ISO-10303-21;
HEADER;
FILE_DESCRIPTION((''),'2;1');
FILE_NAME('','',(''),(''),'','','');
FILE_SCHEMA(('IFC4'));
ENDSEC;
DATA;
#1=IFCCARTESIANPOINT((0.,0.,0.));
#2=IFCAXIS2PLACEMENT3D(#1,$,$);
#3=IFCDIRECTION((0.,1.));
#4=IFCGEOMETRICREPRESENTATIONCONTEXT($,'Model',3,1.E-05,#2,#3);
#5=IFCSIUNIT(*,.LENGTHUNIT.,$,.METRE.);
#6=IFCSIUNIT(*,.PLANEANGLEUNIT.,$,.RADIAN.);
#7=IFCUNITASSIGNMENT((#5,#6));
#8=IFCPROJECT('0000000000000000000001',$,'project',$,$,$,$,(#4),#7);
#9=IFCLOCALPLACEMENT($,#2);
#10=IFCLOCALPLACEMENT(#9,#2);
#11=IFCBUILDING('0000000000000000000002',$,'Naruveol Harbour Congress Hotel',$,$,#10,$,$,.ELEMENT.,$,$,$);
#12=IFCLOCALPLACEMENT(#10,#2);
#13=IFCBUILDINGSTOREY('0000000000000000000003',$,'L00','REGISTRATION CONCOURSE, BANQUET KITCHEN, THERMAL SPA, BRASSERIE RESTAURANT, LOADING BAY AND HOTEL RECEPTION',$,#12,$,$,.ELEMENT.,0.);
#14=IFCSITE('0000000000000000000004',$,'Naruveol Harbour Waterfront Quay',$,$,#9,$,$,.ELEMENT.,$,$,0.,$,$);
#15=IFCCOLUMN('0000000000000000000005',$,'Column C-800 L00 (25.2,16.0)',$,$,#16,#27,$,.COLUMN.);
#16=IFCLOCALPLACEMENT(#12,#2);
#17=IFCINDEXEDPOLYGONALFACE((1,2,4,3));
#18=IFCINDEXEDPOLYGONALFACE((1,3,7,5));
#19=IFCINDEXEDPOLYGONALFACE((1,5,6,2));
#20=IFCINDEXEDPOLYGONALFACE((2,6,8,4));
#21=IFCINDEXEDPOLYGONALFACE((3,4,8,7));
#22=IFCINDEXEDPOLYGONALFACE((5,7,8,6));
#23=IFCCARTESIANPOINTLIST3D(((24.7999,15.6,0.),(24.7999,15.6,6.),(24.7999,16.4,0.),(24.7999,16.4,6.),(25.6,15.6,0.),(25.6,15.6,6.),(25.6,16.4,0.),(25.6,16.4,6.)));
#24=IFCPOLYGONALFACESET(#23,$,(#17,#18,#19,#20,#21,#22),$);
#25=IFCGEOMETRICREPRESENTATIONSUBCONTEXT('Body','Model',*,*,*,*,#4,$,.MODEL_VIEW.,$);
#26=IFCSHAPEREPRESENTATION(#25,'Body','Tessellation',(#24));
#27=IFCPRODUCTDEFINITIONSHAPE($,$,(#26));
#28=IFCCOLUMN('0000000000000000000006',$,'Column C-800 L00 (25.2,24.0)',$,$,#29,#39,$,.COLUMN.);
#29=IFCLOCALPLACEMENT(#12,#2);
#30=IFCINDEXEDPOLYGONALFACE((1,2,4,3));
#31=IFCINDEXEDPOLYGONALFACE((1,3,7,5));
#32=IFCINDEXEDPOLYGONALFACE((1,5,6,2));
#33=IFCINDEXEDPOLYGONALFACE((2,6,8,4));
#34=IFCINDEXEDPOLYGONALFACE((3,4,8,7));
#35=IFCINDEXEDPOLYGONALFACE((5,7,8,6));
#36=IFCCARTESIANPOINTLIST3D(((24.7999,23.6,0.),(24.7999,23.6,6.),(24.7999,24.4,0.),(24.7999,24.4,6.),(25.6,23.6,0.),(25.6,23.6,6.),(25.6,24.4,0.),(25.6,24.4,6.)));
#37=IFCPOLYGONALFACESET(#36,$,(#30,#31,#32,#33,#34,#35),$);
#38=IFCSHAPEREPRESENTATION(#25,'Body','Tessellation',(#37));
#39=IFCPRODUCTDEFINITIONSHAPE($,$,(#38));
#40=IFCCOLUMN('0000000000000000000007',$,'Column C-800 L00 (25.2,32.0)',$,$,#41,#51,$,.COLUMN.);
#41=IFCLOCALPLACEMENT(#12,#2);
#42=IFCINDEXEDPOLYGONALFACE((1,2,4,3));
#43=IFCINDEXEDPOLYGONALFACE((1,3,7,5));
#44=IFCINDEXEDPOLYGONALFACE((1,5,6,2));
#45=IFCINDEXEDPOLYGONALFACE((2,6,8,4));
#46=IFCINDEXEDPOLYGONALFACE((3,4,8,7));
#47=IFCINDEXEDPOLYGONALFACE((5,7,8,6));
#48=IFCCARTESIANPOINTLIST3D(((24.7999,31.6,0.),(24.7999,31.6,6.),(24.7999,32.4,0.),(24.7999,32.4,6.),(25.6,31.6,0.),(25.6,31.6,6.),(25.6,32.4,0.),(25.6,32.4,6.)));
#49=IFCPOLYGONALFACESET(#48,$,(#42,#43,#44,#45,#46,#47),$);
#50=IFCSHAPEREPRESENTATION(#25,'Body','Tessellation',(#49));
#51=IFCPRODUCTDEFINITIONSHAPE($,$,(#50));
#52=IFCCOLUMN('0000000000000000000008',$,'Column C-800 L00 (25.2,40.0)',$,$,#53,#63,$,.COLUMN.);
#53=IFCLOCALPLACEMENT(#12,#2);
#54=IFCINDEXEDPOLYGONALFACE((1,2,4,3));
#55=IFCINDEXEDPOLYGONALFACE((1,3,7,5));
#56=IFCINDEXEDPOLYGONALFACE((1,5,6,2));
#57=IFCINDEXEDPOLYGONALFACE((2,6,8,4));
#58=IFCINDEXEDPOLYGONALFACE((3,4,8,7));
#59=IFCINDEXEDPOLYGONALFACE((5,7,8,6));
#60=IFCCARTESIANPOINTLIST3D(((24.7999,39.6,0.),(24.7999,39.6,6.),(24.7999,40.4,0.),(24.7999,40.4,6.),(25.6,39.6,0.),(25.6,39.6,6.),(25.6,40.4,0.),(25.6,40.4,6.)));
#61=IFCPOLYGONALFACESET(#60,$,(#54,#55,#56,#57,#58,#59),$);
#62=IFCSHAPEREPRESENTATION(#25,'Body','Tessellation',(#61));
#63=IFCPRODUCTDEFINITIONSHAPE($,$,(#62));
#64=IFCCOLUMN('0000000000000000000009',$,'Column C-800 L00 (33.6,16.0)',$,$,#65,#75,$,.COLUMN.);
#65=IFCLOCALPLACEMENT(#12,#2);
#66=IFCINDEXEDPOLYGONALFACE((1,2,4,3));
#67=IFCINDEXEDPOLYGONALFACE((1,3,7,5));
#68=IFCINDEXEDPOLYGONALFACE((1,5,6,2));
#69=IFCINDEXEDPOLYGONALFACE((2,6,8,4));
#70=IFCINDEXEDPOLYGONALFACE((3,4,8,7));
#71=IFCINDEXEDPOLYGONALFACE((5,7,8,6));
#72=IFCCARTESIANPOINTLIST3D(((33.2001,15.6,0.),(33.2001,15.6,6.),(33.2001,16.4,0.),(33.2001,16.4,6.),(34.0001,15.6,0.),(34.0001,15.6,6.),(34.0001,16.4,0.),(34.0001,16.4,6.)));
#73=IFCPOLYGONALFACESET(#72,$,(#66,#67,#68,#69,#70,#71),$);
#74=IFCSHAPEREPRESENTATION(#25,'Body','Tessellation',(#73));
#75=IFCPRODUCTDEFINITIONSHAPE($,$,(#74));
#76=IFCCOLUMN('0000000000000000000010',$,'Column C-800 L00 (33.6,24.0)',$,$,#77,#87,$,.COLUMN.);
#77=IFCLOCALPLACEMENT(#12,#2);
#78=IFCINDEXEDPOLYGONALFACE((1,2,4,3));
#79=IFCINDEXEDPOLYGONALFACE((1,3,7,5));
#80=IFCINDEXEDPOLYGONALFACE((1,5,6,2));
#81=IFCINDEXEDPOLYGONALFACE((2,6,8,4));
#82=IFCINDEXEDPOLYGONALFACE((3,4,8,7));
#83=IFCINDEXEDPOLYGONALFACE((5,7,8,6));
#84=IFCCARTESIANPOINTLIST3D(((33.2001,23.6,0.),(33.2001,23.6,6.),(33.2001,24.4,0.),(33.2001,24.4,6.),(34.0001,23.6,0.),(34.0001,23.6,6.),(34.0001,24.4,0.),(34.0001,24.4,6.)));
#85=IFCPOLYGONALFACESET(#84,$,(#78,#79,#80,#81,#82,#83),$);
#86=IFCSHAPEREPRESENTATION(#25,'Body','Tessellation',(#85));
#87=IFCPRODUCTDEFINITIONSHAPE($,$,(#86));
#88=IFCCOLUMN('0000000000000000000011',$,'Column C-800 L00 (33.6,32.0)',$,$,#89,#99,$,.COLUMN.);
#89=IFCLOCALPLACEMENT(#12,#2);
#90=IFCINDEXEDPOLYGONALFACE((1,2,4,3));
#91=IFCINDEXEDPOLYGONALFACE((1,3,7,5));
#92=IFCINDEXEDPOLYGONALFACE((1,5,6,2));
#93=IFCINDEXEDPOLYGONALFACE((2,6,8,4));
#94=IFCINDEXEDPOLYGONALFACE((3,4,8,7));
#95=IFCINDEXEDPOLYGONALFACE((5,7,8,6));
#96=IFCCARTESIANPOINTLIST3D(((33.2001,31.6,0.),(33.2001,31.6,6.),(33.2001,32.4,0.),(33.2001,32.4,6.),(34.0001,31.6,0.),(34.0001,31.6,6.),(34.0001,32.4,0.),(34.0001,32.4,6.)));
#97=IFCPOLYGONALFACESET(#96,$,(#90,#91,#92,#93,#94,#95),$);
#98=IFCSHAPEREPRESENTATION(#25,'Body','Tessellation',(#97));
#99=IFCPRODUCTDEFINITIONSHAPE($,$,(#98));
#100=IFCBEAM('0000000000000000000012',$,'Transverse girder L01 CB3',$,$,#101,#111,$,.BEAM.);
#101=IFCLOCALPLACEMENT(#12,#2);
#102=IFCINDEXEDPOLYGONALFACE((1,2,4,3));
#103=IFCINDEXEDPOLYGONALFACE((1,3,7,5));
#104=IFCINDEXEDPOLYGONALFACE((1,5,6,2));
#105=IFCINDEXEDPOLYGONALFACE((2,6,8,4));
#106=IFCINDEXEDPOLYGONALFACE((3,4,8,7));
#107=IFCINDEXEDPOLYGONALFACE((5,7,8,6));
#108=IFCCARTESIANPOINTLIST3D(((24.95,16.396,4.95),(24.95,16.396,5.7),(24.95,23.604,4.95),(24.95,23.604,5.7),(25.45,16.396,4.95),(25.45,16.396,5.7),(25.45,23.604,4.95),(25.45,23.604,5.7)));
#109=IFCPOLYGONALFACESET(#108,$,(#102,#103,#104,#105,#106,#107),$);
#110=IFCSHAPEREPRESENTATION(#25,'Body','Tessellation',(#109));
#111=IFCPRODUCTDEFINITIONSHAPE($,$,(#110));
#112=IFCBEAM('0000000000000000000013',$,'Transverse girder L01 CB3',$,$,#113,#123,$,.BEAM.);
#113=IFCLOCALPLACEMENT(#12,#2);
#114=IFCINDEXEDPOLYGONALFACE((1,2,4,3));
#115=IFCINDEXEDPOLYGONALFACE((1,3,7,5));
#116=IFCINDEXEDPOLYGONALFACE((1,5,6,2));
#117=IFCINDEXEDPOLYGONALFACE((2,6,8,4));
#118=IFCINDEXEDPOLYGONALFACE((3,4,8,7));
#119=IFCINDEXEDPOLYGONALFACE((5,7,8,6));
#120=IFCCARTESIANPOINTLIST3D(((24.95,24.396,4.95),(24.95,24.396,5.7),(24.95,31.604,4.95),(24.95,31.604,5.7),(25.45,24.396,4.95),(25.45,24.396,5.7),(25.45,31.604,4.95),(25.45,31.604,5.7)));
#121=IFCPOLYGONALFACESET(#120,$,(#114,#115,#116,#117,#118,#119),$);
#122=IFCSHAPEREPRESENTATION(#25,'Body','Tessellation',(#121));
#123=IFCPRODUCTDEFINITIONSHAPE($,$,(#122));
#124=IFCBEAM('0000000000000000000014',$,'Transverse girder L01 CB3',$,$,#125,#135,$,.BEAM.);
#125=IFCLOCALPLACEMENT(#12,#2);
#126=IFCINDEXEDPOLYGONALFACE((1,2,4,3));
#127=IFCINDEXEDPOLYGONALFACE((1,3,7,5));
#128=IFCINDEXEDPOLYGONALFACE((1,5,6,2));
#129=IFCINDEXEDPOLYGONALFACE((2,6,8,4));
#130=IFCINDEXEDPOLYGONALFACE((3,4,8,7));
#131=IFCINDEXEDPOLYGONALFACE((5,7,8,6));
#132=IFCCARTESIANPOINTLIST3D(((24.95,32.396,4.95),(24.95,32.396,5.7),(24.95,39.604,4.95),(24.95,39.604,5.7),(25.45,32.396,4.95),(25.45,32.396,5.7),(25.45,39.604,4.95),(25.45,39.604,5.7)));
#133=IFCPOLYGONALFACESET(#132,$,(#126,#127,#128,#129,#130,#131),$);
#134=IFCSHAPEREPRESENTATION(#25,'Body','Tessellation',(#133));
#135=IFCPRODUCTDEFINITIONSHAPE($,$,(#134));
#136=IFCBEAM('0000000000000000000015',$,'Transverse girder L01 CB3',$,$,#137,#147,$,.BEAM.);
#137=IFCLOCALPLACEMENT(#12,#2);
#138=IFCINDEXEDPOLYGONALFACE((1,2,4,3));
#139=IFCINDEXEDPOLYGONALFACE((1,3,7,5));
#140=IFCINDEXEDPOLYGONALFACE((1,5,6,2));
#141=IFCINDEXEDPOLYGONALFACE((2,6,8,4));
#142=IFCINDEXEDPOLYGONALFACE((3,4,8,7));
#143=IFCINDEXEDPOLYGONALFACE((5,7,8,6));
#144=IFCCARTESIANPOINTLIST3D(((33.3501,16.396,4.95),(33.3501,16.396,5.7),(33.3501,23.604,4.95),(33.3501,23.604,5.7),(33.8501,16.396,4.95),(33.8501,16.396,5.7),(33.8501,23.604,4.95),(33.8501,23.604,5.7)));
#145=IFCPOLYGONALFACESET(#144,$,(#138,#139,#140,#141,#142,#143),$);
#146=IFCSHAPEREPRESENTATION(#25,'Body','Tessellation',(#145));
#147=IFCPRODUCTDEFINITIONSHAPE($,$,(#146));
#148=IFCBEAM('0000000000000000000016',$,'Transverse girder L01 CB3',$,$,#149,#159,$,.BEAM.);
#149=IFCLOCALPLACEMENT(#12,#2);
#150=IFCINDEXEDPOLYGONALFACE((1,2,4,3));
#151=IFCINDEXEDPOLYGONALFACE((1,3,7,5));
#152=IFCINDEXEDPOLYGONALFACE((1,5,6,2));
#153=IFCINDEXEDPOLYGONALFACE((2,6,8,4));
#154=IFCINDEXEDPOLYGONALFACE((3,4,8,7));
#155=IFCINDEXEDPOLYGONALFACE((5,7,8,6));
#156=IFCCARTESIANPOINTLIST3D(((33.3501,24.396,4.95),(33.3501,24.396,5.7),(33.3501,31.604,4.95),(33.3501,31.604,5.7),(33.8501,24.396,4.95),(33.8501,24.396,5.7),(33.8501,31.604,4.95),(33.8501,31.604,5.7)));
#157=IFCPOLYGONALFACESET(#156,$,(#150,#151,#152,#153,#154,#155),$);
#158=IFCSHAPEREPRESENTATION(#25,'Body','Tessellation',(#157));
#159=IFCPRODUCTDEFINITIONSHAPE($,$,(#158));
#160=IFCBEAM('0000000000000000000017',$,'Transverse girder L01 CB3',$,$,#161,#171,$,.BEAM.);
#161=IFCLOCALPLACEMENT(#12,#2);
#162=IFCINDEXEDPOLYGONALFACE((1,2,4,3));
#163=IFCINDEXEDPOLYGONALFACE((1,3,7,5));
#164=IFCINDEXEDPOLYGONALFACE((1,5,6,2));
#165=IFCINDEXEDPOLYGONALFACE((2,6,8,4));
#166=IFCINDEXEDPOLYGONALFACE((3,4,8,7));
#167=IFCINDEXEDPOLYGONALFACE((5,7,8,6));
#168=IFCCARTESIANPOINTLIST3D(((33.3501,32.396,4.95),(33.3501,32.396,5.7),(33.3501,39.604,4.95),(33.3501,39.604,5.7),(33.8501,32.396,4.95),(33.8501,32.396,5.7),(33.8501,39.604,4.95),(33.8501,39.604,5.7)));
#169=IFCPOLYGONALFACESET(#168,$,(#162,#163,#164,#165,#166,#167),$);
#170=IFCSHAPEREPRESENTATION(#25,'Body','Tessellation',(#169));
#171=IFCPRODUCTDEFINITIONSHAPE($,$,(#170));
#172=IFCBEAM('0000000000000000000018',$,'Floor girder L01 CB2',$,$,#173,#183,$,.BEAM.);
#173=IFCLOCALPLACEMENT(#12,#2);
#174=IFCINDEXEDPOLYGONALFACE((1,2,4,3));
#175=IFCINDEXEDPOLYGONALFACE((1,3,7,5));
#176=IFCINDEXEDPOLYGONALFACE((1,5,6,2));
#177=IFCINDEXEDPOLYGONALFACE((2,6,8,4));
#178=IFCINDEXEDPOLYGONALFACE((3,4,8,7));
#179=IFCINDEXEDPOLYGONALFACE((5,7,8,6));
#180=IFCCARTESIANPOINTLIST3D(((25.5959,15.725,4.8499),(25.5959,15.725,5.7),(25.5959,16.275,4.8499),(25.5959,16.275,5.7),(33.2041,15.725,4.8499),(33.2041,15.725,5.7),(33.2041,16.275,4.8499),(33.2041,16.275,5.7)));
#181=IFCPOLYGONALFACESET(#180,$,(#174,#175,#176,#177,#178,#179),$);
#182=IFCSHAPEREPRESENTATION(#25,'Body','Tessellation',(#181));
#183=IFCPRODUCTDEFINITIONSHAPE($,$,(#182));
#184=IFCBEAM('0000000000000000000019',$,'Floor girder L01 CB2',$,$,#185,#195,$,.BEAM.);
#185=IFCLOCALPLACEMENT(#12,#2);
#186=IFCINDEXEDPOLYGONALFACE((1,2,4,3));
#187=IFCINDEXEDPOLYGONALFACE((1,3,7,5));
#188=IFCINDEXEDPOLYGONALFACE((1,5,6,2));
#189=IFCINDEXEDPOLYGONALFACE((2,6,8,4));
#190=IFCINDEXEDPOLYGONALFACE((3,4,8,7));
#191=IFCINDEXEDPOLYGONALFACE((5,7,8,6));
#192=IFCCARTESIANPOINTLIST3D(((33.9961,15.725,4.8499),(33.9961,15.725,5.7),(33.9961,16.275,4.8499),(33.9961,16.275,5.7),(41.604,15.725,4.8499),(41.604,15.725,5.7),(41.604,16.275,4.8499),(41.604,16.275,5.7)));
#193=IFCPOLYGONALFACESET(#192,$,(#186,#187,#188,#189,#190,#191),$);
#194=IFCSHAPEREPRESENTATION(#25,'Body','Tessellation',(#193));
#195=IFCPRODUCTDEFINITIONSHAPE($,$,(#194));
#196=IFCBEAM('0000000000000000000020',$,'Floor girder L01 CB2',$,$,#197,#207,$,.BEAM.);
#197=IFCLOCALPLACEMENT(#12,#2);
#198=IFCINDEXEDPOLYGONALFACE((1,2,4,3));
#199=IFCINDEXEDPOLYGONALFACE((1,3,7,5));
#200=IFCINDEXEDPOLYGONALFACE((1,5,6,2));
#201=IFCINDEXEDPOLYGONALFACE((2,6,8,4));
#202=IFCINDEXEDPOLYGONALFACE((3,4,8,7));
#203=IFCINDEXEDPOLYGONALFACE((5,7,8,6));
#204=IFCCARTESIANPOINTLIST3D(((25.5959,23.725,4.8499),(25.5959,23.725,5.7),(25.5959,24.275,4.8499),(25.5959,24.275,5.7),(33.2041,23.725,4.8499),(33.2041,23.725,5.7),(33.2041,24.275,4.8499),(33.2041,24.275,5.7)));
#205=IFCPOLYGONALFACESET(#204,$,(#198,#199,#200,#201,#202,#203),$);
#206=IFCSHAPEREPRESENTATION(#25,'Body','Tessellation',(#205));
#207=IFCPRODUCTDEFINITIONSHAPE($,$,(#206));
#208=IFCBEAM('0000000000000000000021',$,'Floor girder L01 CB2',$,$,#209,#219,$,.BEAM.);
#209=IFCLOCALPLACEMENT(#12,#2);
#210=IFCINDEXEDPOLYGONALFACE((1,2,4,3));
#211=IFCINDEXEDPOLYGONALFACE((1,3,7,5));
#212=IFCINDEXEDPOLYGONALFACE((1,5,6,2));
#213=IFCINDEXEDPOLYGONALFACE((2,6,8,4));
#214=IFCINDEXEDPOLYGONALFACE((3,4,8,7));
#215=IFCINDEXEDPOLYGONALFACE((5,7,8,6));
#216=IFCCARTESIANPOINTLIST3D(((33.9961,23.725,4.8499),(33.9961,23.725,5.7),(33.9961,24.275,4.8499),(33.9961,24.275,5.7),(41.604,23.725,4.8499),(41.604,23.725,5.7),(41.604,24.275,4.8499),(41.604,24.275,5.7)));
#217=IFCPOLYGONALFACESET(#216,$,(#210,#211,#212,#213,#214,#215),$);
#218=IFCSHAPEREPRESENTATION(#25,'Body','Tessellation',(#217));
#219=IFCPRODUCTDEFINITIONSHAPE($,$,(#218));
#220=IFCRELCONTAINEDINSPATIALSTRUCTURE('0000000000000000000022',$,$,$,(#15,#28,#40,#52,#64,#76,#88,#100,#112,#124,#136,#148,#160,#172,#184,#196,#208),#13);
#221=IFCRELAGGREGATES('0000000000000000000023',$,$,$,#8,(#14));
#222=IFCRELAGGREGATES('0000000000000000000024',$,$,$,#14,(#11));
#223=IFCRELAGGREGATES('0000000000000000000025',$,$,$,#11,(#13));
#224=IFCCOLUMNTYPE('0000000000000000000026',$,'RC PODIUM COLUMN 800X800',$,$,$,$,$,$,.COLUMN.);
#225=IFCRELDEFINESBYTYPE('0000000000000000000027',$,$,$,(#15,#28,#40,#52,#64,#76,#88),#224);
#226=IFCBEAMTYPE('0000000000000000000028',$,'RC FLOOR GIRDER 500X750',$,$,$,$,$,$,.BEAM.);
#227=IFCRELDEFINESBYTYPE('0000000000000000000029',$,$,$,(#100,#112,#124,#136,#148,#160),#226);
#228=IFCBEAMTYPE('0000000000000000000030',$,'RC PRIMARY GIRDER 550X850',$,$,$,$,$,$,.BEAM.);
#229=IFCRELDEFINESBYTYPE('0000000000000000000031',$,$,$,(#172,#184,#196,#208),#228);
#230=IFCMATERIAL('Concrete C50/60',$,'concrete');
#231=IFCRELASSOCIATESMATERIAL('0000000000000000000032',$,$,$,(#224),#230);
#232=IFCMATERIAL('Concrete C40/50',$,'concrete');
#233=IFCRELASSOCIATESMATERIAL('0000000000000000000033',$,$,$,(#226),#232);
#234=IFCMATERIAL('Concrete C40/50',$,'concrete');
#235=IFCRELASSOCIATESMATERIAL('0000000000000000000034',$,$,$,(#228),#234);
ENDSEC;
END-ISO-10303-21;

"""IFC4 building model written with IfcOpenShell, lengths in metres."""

from ifc_helpers import new_model, si_unit, direction, frame, origin, origin_2d, place, context, subcontext, project, spatial, rectangle, extrude, material, material_profile, profile_set, type_object, element, save


model = new_model("IFC4")

# Units and contexts
model_context = context("Model", 3, precision=1e-05, world=origin(), true_north=direction((0.0, 1.0)))
body_context = subcontext(model_context, "Body", "Model", "MODEL_VIEW")
ifc_project = project(units=[si_unit("LENGTHUNIT", "METRE"), si_unit("PLANEANGLEUNIT", "RADIAN")], contexts=[model_context])

# Site, building, storey
site_placement = place(None, origin())
site = spatial("IfcSite", under=ifc_project, at=site_placement, Name="Naruveol Harbour Waterfront Quay", CompositionType="ELEMENT", RefElevation=0.0)
building_placement = place(site_placement, origin())
building = spatial("IfcBuilding", under=site, at=building_placement, Name="Naruveol Harbour Congress Hotel", CompositionType="ELEMENT")
storey_placement = place(building_placement, origin())
storey = spatial("IfcBuildingStorey", under=building, at=storey_placement, Name="L00", Description="REGISTRATION CONCOURSE, BANQUET KITCHEN, THERMAL SPA, BRASSERIE RESTAURANT, LOADING BAY AND HOTEL RECEPTION", CompositionType="ELEMENT", Elevation=0.0)

# Columns
ifc_material_1 = material(Name="Concrete C50/60", Category="concrete")
ifc_material_profile_1 = material_profile(ifc_material_1, rectangle(XDim=0.8, YDim=0.8, at=origin_2d()), Name="RC-800x800")
ifc_profile_set_1 = profile_set([ifc_material_profile_1], Name="Concrete C50/60")
column_type = type_object("IfcColumnType", Name="RC PODIUM COLUMN 800X800", PredefinedType="COLUMN", material=ifc_profile_set_1)
for number, where, z_axis, x_axis, name in (
    (1, (25.2, 16.0, 0.0), (0.0, 0.0, 1.0), (1.0, 0.0, 0.0), "Column C-800 L00 (25.2,16.0)"),
    (2, (25.2, 24.0, 0.0), (0.0, 0.0, 1.0), (1.0, 0.0, 0.0), "Column C-800 L00 (25.2,24.0)"),
    (3, (25.2, 32.0, 0.0), (0.0, 0.0, 1.0), (1.0, 0.0, 0.0), "Column C-800 L00 (25.2,32.0)"),
    (4, (25.2, 40.0, 0.0), (0.0, 0.0, 1.0), (1.0, 0.0, 0.0), "Column C-800 L00 (25.2,40.0)"),
    (5, (33.6001, 16.0, 0.0), (0.0, 0.0, 1.0), (1.0, 0.0, 0.0), "Column C-800 L00 (33.6,16.0)"),
    (6, (33.6001, 24.0, 0.0), (0.0, 0.0, 1.0), (1.0, 0.0, 0.0), "Column C-800 L00 (33.6,24.0)"),
    (7, (33.6001, 32.0, 0.0), (0.0, 0.0, 1.0), (1.0, 0.0, 0.0), "Column C-800 L00 (33.6,32.0)"),
):
    element("IfcColumn", number, at=place(storey_placement, frame(where, z_axis=z_axis, x_axis=x_axis)), inside=storey, type_object=column_type, Name=name, PredefinedType="COLUMN", context=body_context, shape_type="SweptSolid", body=[
        extrude(rectangle(XDim=0.8, YDim=0.8, at=origin_2d()), origin(), (0.0, 0.0, 1.0), 6.0),
    ])

# Beams
ifc_material_2 = material(Name="Concrete C40/50", Category="concrete")
ifc_material_profile_2 = material_profile(ifc_material_2, rectangle(XDim=0.5, YDim=0.75, at=origin_2d()), Name="RCB-500x750")
ifc_profile_set_2 = profile_set([ifc_material_profile_2], Name="Concrete C40/50")
beam_type_1 = type_object("IfcBeamType", Name="RC FLOOR GIRDER 500X750", PredefinedType="BEAM", material=ifc_profile_set_2)
for number, where, z_axis, x_axis, name in (
    (8, (25.2, 16.396, 5.325), (0.0, 1.0, 0.0), (-1.0, 0.0, 0.0), "Transverse girder L01 CB3"),
    (9, (25.2, 24.396, 5.325), (0.0, 1.0, 0.0), (-1.0, 0.0, 0.0), "Transverse girder L01 CB3"),
    (10, (25.2, 32.396, 5.325), (0.0, 1.0, 0.0), (-1.0, 0.0, 0.0), "Transverse girder L01 CB3"),
    (11, (33.6001, 16.396, 5.325), (0.0, 1.0, 0.0), (-1.0, 0.0, 0.0), "Transverse girder L01 CB3"),
    (12, (33.6001, 24.396, 5.325), (0.0, 1.0, 0.0), (-1.0, 0.0, 0.0), "Transverse girder L01 CB3"),
    (13, (33.6001, 32.396, 5.325), (0.0, 1.0, 0.0), (-1.0, 0.0, 0.0), "Transverse girder L01 CB3"),
):
    element("IfcBeam", number, at=place(storey_placement, frame(where, z_axis=z_axis, x_axis=x_axis)), inside=storey, type_object=beam_type_1, Name=name, PredefinedType="BEAM", context=body_context, shape_type="SweptSolid", body=[
        extrude(rectangle(XDim=0.5, YDim=0.75, at=origin_2d()), origin(), (0.0, 0.0, 1.0), 7.208),
    ])
ifc_material_3 = material(Name="Concrete C40/50", Category="concrete")
ifc_material_profile_3 = material_profile(ifc_material_3, rectangle(XDim=0.55, YDim=0.8501, at=origin_2d()), Name="RCB-550x850")
ifc_profile_set_3 = profile_set([ifc_material_profile_3], Name="Concrete C40/50")
beam_type_2 = type_object("IfcBeamType", Name="RC PRIMARY GIRDER 550X850", PredefinedType="BEAM", material=ifc_profile_set_3)
beam_1_placement = place(storey_placement, frame((25.5959, 16.0, 5.2749), z_axis=(1.0, 0.0, 0.0), x_axis=(0.0, 1.0, 0.0)))
element("IfcBeam", 14, at=beam_1_placement, inside=storey, type_object=beam_type_2, Name="Floor girder L01 CB2", PredefinedType="BEAM", context=body_context, shape_type="SweptSolid", body=[
    extrude(rectangle(XDim=0.55, YDim=0.8501, at=origin_2d()), origin(), (0.0, 0.0, 1.0), 7.6082),
])
beam_2_placement = place(storey_placement, frame((33.9961, 16.0, 5.2749), z_axis=(1.0, 0.0, 0.0), x_axis=(0.0, 1.0, 0.0)))
element("IfcBeam", 15, at=beam_2_placement, inside=storey, type_object=beam_type_2, Name="Floor girder L01 CB2", PredefinedType="BEAM", context=body_context, shape_type="SweptSolid", body=[
    extrude(rectangle(XDim=0.55, YDim=0.8501, at=origin_2d()), origin(), (0.0, 0.0, 1.0), 7.6079),
])
beam_3_placement = place(storey_placement, frame((25.5959, 24.0, 5.2749), z_axis=(1.0, 0.0, 0.0), x_axis=(0.0, 1.0, 0.0)))
element("IfcBeam", 16, at=beam_3_placement, inside=storey, type_object=beam_type_2, Name="Floor girder L01 CB2", PredefinedType="BEAM", context=body_context, shape_type="SweptSolid", body=[
    extrude(rectangle(XDim=0.55, YDim=0.8501, at=origin_2d()), origin(), (0.0, 0.0, 1.0), 7.6082),
])
beam_4_placement = place(storey_placement, frame((33.9961, 24.0, 5.2749), z_axis=(1.0, 0.0, 0.0), x_axis=(0.0, 1.0, 0.0)))
element("IfcBeam", 17, at=beam_4_placement, inside=storey, type_object=beam_type_2, Name="Floor girder L01 CB2", PredefinedType="BEAM", context=body_context, shape_type="SweptSolid", body=[
    extrude(rectangle(XDim=0.55, YDim=0.8501, at=origin_2d()), origin(), (0.0, 0.0, 1.0), 7.6079),
])

save(model, "model.ifc")
